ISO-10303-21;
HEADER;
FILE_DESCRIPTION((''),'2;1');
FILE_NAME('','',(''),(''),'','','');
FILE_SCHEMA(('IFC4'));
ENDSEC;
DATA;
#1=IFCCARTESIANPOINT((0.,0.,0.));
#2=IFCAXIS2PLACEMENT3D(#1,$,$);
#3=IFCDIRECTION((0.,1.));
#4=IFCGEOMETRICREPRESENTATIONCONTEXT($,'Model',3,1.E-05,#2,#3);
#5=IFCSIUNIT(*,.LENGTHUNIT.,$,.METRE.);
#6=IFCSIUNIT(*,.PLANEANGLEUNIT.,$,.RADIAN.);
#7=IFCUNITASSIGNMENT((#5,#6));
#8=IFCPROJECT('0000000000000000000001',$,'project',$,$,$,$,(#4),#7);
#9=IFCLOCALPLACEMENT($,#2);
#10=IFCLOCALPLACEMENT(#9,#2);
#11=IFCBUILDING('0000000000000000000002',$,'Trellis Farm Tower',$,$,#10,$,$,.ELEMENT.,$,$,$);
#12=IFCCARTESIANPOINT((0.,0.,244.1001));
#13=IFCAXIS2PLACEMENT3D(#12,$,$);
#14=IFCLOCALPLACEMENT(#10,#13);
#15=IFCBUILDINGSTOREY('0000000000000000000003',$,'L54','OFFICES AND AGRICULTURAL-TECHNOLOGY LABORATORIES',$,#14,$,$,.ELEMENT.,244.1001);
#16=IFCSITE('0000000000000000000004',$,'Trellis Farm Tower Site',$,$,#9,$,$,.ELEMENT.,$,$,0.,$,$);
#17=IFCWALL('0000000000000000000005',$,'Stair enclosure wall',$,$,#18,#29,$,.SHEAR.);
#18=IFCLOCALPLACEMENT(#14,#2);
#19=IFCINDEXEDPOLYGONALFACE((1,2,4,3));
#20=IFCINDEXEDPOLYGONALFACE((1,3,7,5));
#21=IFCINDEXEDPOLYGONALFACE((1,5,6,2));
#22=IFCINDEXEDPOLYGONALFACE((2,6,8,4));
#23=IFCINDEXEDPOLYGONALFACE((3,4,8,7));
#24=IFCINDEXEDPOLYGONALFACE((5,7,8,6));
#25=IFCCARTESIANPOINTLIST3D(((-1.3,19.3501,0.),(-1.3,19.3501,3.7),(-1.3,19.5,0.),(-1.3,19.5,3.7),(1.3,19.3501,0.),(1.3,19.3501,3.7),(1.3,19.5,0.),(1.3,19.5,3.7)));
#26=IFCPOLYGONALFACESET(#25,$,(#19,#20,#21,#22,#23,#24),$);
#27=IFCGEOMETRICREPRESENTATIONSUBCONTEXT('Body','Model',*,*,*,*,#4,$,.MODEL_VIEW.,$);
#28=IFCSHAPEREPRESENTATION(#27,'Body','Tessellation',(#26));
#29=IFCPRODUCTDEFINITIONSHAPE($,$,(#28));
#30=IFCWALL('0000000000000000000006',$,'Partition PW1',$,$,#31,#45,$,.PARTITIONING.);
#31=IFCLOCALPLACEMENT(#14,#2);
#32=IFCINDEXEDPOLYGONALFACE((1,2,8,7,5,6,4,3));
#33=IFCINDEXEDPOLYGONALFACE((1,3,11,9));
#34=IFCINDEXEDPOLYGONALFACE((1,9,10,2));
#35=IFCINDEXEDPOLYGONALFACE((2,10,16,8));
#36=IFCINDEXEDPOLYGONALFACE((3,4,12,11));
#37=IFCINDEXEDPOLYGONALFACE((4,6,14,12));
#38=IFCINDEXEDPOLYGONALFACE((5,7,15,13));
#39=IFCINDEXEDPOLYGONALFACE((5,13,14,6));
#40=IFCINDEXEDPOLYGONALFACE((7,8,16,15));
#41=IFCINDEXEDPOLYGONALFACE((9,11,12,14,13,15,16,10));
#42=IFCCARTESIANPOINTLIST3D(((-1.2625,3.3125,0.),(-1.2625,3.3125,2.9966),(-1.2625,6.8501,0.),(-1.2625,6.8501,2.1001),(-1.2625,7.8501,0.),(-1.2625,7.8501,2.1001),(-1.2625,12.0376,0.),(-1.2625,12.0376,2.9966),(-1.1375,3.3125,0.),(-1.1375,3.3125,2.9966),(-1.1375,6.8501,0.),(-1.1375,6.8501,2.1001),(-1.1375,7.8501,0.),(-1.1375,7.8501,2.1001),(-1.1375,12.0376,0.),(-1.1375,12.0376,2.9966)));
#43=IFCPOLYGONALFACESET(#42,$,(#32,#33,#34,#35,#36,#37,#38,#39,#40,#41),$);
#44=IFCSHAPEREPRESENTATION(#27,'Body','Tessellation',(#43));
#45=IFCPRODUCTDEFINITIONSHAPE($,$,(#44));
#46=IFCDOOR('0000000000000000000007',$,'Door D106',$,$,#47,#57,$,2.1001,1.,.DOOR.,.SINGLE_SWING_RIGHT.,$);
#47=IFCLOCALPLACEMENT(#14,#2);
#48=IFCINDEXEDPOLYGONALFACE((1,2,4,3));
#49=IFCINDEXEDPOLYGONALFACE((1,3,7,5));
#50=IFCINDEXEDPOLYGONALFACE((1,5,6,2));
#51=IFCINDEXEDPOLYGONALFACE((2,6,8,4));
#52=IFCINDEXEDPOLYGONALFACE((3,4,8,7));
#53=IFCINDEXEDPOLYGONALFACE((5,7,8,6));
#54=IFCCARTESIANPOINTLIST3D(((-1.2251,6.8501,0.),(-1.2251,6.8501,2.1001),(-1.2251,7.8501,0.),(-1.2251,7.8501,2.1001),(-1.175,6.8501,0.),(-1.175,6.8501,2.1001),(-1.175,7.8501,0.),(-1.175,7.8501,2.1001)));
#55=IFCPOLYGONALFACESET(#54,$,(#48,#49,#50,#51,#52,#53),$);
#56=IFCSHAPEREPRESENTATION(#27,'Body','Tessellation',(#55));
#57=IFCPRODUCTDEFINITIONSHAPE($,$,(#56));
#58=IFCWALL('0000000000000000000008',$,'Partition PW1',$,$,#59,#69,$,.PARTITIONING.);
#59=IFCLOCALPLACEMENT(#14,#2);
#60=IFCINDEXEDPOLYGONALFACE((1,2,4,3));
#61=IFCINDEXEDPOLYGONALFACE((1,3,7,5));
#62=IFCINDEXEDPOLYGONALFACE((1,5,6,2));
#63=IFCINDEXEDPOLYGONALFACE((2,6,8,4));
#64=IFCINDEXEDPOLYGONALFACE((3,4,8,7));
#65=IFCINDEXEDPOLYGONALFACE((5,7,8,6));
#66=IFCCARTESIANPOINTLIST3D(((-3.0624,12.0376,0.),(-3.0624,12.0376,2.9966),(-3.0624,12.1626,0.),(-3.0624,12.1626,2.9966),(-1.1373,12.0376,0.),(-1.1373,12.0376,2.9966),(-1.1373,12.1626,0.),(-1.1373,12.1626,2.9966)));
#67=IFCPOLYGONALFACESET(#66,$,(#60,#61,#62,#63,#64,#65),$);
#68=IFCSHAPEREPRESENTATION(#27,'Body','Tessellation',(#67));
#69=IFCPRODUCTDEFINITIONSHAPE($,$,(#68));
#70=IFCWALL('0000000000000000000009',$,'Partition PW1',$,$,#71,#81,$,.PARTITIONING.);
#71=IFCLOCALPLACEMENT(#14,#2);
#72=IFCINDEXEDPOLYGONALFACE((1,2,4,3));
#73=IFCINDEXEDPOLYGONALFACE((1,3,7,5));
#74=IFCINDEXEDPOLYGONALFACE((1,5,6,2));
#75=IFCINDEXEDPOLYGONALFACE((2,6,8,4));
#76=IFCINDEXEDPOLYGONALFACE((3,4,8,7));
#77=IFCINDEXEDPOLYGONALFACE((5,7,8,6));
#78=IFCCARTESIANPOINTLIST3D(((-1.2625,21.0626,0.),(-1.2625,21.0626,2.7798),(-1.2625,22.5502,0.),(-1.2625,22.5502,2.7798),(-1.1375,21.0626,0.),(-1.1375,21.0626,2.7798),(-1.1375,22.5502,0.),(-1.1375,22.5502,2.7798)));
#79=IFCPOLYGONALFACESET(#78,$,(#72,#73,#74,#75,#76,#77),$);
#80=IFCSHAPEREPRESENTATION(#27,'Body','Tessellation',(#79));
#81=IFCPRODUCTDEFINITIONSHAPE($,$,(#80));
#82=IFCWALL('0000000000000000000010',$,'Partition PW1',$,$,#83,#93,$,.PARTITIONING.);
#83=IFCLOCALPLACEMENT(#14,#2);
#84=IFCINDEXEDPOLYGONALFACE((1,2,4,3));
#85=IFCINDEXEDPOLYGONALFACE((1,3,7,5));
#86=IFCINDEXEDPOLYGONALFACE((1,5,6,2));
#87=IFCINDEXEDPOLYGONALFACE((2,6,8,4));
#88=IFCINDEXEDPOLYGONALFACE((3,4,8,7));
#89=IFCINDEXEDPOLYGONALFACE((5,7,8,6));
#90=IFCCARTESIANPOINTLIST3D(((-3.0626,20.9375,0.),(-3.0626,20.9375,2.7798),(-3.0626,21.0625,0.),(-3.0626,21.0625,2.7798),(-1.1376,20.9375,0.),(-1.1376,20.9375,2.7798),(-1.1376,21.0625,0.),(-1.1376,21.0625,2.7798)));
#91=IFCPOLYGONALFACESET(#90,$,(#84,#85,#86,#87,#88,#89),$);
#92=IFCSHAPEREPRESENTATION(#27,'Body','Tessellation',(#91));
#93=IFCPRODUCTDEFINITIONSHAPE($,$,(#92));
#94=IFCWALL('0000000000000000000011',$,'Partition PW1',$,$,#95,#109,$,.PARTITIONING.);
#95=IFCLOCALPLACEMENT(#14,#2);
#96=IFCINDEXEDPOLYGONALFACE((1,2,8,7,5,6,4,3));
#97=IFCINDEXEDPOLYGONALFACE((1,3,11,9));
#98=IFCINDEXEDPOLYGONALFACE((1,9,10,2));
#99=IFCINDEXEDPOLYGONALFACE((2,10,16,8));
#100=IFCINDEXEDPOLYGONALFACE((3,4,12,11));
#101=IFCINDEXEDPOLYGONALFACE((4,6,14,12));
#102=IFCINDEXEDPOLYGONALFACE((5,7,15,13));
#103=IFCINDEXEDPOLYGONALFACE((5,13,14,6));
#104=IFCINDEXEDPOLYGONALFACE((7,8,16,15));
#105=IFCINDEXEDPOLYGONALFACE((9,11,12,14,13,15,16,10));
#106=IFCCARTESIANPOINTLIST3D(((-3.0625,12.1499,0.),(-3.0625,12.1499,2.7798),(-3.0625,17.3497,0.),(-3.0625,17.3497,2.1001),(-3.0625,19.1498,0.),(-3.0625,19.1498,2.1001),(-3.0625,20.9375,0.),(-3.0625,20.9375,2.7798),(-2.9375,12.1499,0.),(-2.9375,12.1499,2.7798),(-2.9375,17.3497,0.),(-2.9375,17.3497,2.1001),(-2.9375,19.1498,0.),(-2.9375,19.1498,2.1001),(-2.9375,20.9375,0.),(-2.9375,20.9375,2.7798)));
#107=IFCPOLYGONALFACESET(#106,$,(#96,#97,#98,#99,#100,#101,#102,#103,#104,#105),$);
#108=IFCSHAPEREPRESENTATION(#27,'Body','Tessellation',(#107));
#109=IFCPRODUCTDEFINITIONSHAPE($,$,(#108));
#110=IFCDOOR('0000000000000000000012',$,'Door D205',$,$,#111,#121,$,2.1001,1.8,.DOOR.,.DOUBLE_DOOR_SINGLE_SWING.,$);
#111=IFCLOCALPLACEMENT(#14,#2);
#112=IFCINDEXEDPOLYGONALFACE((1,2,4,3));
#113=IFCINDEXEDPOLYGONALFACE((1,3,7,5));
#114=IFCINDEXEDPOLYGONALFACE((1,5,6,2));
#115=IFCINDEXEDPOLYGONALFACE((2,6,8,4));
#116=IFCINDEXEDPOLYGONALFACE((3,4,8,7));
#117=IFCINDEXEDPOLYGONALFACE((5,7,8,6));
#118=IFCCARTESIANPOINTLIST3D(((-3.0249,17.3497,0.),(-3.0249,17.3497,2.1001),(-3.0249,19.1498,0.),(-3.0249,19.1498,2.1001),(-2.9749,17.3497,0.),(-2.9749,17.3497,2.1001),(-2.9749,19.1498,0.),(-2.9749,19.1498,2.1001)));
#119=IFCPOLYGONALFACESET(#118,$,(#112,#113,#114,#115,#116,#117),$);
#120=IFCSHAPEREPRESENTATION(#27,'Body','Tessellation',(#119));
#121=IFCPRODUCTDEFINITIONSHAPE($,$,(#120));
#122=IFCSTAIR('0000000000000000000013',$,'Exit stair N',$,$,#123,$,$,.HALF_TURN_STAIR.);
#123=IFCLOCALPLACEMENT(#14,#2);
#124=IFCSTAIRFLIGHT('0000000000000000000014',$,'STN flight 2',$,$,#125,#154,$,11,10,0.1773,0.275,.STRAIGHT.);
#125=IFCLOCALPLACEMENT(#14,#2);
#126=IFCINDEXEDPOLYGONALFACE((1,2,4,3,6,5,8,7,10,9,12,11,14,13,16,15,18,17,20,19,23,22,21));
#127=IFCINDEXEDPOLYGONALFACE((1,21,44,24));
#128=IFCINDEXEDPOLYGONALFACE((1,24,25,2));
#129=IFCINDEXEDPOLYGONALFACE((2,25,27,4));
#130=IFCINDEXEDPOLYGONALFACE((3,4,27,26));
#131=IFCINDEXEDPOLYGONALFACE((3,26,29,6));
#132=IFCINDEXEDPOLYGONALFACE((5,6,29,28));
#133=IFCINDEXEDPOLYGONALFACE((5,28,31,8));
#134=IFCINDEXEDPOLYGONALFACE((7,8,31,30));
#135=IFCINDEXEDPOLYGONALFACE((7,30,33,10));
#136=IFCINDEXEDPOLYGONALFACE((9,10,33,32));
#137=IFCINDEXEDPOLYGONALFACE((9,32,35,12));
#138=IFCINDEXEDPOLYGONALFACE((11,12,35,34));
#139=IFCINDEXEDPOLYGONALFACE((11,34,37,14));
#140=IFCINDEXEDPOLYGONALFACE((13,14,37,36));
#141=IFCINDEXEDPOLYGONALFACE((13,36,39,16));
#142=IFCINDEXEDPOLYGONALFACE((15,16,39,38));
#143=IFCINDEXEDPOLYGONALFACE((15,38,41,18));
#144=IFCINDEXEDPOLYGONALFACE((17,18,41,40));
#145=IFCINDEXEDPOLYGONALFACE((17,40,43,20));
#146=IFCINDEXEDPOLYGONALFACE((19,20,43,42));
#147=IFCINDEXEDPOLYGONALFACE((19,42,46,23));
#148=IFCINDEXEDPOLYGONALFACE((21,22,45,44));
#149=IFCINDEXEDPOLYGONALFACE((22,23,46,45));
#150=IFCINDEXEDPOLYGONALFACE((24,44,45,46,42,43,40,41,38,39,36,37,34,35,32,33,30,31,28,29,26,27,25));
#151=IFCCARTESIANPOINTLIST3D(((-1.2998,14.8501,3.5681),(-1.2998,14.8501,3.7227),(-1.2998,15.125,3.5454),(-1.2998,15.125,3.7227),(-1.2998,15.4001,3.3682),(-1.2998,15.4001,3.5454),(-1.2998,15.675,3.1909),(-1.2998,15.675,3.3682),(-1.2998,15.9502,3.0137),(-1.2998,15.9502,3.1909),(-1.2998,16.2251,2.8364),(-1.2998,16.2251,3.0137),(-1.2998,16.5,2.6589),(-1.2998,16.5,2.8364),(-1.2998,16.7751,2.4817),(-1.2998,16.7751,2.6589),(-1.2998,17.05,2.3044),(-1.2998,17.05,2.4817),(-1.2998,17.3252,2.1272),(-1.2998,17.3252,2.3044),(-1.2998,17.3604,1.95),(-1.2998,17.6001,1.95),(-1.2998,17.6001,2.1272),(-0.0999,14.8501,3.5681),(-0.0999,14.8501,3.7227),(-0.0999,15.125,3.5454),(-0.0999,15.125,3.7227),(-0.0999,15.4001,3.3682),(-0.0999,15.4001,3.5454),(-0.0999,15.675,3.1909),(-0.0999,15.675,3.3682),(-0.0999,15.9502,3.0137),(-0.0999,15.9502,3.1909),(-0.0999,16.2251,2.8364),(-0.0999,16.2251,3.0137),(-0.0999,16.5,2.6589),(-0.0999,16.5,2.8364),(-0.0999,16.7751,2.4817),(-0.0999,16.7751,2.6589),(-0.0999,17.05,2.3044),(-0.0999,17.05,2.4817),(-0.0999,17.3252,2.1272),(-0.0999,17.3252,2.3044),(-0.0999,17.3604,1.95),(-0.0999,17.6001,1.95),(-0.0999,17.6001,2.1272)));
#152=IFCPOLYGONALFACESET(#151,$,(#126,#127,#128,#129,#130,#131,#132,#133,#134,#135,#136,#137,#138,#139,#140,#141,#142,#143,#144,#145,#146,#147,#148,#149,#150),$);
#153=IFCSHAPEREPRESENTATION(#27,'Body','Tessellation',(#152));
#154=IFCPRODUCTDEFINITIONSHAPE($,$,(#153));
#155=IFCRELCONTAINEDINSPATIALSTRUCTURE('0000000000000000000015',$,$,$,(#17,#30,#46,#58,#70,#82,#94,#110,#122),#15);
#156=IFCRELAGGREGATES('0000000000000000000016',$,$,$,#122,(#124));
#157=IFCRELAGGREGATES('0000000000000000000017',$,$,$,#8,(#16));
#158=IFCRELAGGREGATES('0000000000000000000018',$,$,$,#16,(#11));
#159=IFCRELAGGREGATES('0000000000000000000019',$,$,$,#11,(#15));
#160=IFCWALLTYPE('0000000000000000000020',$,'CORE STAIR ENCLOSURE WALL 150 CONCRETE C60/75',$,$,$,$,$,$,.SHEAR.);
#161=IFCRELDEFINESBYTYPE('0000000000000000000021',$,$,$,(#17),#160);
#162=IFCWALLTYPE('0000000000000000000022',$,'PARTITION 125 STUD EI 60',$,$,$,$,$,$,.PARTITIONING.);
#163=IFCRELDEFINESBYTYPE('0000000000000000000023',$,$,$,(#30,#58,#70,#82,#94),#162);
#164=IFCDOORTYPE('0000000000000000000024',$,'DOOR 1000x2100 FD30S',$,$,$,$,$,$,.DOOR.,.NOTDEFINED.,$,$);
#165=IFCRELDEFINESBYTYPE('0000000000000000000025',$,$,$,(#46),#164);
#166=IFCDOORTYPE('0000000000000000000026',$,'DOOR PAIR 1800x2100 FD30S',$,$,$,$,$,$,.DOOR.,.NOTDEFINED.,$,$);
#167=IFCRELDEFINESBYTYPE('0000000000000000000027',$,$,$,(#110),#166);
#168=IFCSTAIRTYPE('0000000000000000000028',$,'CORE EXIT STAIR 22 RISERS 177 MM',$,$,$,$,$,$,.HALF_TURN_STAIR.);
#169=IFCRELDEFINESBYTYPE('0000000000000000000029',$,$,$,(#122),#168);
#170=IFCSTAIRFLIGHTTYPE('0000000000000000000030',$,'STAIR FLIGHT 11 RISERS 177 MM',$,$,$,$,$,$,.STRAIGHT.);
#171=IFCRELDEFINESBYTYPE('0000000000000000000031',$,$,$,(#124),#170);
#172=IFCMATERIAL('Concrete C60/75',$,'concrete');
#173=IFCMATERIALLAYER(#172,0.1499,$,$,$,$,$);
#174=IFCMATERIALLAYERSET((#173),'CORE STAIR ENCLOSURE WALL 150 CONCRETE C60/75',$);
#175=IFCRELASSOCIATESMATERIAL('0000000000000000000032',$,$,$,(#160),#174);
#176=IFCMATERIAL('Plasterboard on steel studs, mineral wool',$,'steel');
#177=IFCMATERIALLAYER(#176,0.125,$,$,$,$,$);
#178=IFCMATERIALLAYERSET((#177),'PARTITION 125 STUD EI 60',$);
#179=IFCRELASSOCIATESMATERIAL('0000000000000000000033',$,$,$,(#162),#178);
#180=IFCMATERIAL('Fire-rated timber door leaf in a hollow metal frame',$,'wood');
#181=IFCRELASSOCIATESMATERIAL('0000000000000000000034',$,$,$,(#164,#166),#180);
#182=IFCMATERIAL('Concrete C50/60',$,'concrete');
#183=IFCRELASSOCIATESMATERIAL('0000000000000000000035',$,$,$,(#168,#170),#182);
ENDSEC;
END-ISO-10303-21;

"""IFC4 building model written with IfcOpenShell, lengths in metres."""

from ifc_helpers import new_model, si_unit, direction, frame, frame_2d, origin, place, context, subcontext, project, spatial, polyline, rectangle, outline, extrude, source, transform, mapped, material, layer, layer_set, type_object, element, fill, aggregate, save


model = new_model("IFC4")

# Units and contexts
model_context = context("Model", 3, precision=1e-05, world=origin(), true_north=direction((0.0, 1.0)))
body_context = subcontext(model_context, "Body", "Model", "MODEL_VIEW")
ifc_project = project(units=[si_unit("LENGTHUNIT", "METRE"), si_unit("PLANEANGLEUNIT", "RADIAN")], contexts=[model_context])

# Site, building, storey
site_placement = place(None, origin())
site = spatial("IfcSite", under=ifc_project, at=site_placement, Name="Trellis Farm Tower Site", CompositionType="ELEMENT", RefElevation=0.0)
building_placement = place(site_placement, origin())
building = spatial("IfcBuilding", under=site, at=building_placement, Name="Trellis Farm Tower", CompositionType="ELEMENT")
storey_placement = place(building_placement, frame((0.0, 0.0, 244.1001)))
storey = spatial("IfcBuildingStorey", under=building, at=storey_placement, Name="L54", Description="OFFICES AND AGRICULTURAL-TECHNOLOGY LABORATORIES", CompositionType="ELEMENT", Elevation=244.1001)

# Shared definitions
ifc_material_1 = material(Name="Concrete C60/75", Category="concrete")

# Shared definitions
placement_1 = place(storey_placement, origin())

# Shared definitions
ifc_layer_1 = layer(ifc_material_1, 0.1499)
ifc_layer_set_1 = layer_set([ifc_layer_1], Name="CORE STAIR ENCLOSURE WALL 150 CONCRETE C60/75")
wall_type_1 = type_object("IfcWallType", Name="CORE STAIR ENCLOSURE WALL 150 CONCRETE C60/75", PredefinedType="SHEAR", material=ifc_layer_set_1)
shared_shape_1 = source(origin(), body_context, "Body", "SweptSolid", [
    extrude(rectangle(XDim=2.6001, YDim=0.1499, at=frame_2d((1.3, 0.0))), origin(), (0.0, 0.0, 1.0), 3.7),
])

# Wall
wall_1_placement = place(storey_placement, frame((-1.3, 19.425, 0.0), z_axis=(0.0, 0.0, 1.0), x_axis=(1.0, 0.0, 0.0)))
element("IfcWall", 1, at=wall_1_placement, inside=storey, type_object=wall_type_1, Name="Stair enclosure wall", PredefinedType="SHEAR", context=body_context, shape_type="MappedRepresentation", body=[
    mapped(shared_shape_1, transform((0.0, 0.0, 0.0))),
])

# Wall, opening, door
ifc_material_2 = material(Name="Plasterboard on steel studs, mineral wool", Category="steel")
ifc_layer_2 = layer(ifc_material_2, 0.125)
ifc_layer_set_2 = layer_set([ifc_layer_2], Name="PARTITION 125 STUD EI 60")
wall_type_2 = type_object("IfcWallType", Name="PARTITION 125 STUD EI 60", PredefinedType="PARTITIONING", material=ifc_layer_set_2)
shared_shape_2 = source(origin(), body_context, "Body", "SweptSolid", [
    extrude(rectangle(XDim=8.7251, YDim=0.125, at=frame_2d((4.3625, 0.0))), origin(), (0.0, 0.0, 1.0), 2.9966),
])
wall_2_placement = place(storey_placement, frame((-1.2, 12.0376, 0.0), z_axis=(0.0, 0.0, 1.0), x_axis=(0.0, -1.0, 0.0)))
wall_2 = element("IfcWall", 2, at=wall_2_placement, inside=storey, type_object=wall_type_2, Name="Partition PW1", PredefinedType="PARTITIONING", context=body_context, shape_type="MappedRepresentation", body=[
    mapped(shared_shape_2, transform((0.0, 0.0, 0.0))),
])
shared_shape_3 = source(origin(), body_context, "Body", "SweptSolid", [
    extrude(rectangle(XDim=1.0, YDim=2.1001, at=frame_2d((0.5, 1.05))), frame((0.0, 0.0725, 0.0), z_axis=(0.0, -1.0, 0.0), x_axis=(1.0, 0.0, 0.0)), (0.0, 0.0, 1.0), 0.145),
])
opening_1_placement = place(wall_2_placement, frame((4.1875, 0.0, 0.0)))
opening_1 = element("IfcOpeningElement", 3, at=opening_1_placement, cuts=wall_2, PredefinedType="OPENING", context=body_context, shape_type="MappedRepresentation", body=[
    mapped(shared_shape_3, transform((0.0, 0.0, 0.0))),
])
ifc_material_3 = material(Name="Fire-rated timber door leaf in a hollow metal frame", Category="wood")
door_type_1 = type_object("IfcDoorType", Name="DOOR 1000x2100 FD30S", OperationType="NOTDEFINED", PredefinedType="DOOR", material=ifc_material_3)
shared_shape_4 = source(origin(), body_context, "Body", "SweptSolid", [
    extrude(rectangle(XDim=1.0, YDim=2.1001, at=frame_2d((0.5, 1.05))), frame((0.0, 0.0249, 0.0), z_axis=(0.0, -1.0, 0.0), x_axis=(1.0, 0.0, 0.0)), (0.0, 0.0, 1.0), 0.05),
])
door_1_placement = place(opening_1_placement, origin())
door_1 = element("IfcDoor", 4, at=door_1_placement, inside=storey, type_object=door_type_1, Name="Door D106", OperationType="SINGLE_SWING_RIGHT", OverallHeight=2.1001, OverallWidth=1.0, PredefinedType="DOOR", context=body_context, shape_type="MappedRepresentation", body=[
    mapped(shared_shape_4, transform((0.0, 0.0, 0.0))),
])
fill(opening_1, door_1)

# Walls
shared_shape_5 = source(origin(), body_context, "Body", "SweptSolid", [
    extrude(rectangle(XDim=1.925, YDim=0.125, at=frame_2d((0.9624, 0.0))), origin(), (0.0, 0.0, 1.0), 2.9966),
])
wall_3_placement = place(storey_placement, frame((-1.1375, 12.1001, 0.0), z_axis=(0.0, 0.0, 1.0), x_axis=(-1.0, 0.0, 0.0)))
element("IfcWall", 5, at=wall_3_placement, inside=storey, type_object=wall_type_2, Name="Partition PW1", PredefinedType="PARTITIONING", context=body_context, shape_type="MappedRepresentation", body=[
    mapped(shared_shape_5, transform((0.0, 0.0, 0.0))),
])
shared_shape_6 = source(origin(), body_context, "Body", "SweptSolid", [
    extrude(rectangle(XDim=1.4875, YDim=0.125, at=frame_2d((0.7437, 0.0))), origin(), (0.0, 0.0, 1.0), 2.7798),
])
wall_4_placement = place(storey_placement, frame((-1.2, 22.55, 0.0), z_axis=(0.0, 0.0, 1.0), x_axis=(0.0, -1.0, 0.0)))
element("IfcWall", 6, at=wall_4_placement, inside=storey, type_object=wall_type_2, Name="Partition PW1", PredefinedType="PARTITIONING", context=body_context, shape_type="MappedRepresentation", body=[
    mapped(shared_shape_6, transform((0.0, 0.0, 0.0))),
])
shared_shape_7 = source(origin(), body_context, "Body", "SweptSolid", [
    extrude(rectangle(XDim=1.925, YDim=0.125, at=frame_2d((0.9624, 0.0))), origin(), (0.0, 0.0, 1.0), 2.7798),
])
wall_5_placement = place(storey_placement, frame((-3.0625, 21.0, 0.0), z_axis=(0.0, 0.0, 1.0), x_axis=(1.0, 0.0, 0.0)))
element("IfcWall", 7, at=wall_5_placement, inside=storey, type_object=wall_type_2, Name="Partition PW1", PredefinedType="PARTITIONING", context=body_context, shape_type="MappedRepresentation", body=[
    mapped(shared_shape_7, transform((0.0, 0.0, 0.0))),
])

# Wall, opening, door
shared_shape_8 = source(origin(), body_context, "Body", "SweptSolid", [
    extrude(rectangle(XDim=8.7876, YDim=0.125, at=frame_2d((4.3938, 0.0))), origin(), (0.0, 0.0, 1.0), 2.7798),
])
wall_6_placement = place(storey_placement, frame((-3.0, 12.1499, 0.0), z_axis=(0.0, 0.0, 1.0), x_axis=(0.0, 1.0, 0.0)))
wall_6 = element("IfcWall", 8, at=wall_6_placement, inside=storey, type_object=wall_type_2, Name="Partition PW1", PredefinedType="PARTITIONING", context=body_context, shape_type="MappedRepresentation", body=[
    mapped(shared_shape_8, transform((0.0, 0.0, 0.0))),
])
shared_shape_9 = source(origin(), body_context, "Body", "SweptSolid", [
    extrude(rectangle(XDim=1.8, YDim=2.1001, at=frame_2d((0.8999, 1.05))), frame((0.0, 0.0725, 0.0), z_axis=(0.0, -1.0, 0.0), x_axis=(1.0, 0.0, 0.0)), (0.0, 0.0, 1.0), 0.145),
])
opening_2_placement = place(wall_6_placement, frame((5.2, 0.0, 0.0)))
opening_2 = element("IfcOpeningElement", 9, at=opening_2_placement, cuts=wall_6, PredefinedType="OPENING", context=body_context, shape_type="MappedRepresentation", body=[
    mapped(shared_shape_9, transform((0.0, 0.0, 0.0))),
])
door_type_2 = type_object("IfcDoorType", Name="DOOR PAIR 1800x2100 FD30S", OperationType="NOTDEFINED", PredefinedType="DOOR", material=ifc_material_3)
shared_shape_10 = source(origin(), body_context, "Body", "SweptSolid", [
    extrude(rectangle(XDim=1.8, YDim=2.1001, at=frame_2d((0.8999, 1.05))), frame((0.0, 0.0249, 0.0), z_axis=(0.0, -1.0, 0.0), x_axis=(1.0, 0.0, 0.0)), (0.0, 0.0, 1.0), 0.05),
])
door_2_placement = place(opening_2_placement, origin())
door_2 = element("IfcDoor", 10, at=door_2_placement, inside=storey, type_object=door_type_2, Name="Door D205", OperationType="DOUBLE_DOOR_SINGLE_SWING", OverallHeight=2.1001, OverallWidth=1.8, PredefinedType="DOOR", context=body_context, shape_type="MappedRepresentation", body=[
    mapped(shared_shape_10, transform((0.0, 0.0, 0.0))),
])
fill(opening_2, door_2)

# Stair, stair flight
ifc_material_4 = material(Name="Concrete C50/60", Category="concrete")
stair_type = type_object("IfcStairType", Name="CORE EXIT STAIR 22 RISERS 177 MM", PredefinedType="HALF_TURN_STAIR", material=ifc_material_4)
stair = element("IfcStair", 11, at=placement_1, inside=storey, type_object=stair_type, Name="Exit stair N", PredefinedType="HALF_TURN_STAIR")
stair_flight_type = type_object("IfcStairFlightType", Name="STAIR FLIGHT 11 RISERS 177 MM", PredefinedType="STRAIGHT", material=ifc_material_4)
shared_shape_11 = source(origin(), body_context, "Body", "SweptSolid", [
    extrude(outline(polyline([(0.0, 0.0), (0.0, 0.1772), (0.2749, 0.1772), (0.2749, 0.3545), (0.55, 0.3545), (0.55, 0.5317), (0.825, 0.5317), (0.825, 0.709), (1.1001, 0.709), (1.1001, 0.8865), (1.375, 0.8865), (1.375, 1.0637), (1.6499, 1.0637), (1.6499, 1.241), (1.925, 1.241), (1.925, 1.4182), (2.2, 1.4182), (2.2, 1.5955), (2.4751, 1.5955), (2.4751, 1.7727), (2.75, 1.7727), (2.75, 1.95), (2.75, 1.6182), (0.2397, 0.0), (0.0, 0.0)])), frame((0.0, 0.6001, 0.0), z_axis=(0.0, -1.0, 0.0), x_axis=(1.0, 0.0, 0.0)), (0.0, 0.0, 1.0), 1.2),
])
stair_flight_placement = place(storey_placement, frame((-0.7, 17.6001, 1.95), z_axis=(0.0, 0.0, 1.0), x_axis=(0.0, -1.0, 0.0)))
stair_flight = element("IfcStairFlight", 12, at=stair_flight_placement, type_object=stair_flight_type, Name="STN flight 2", NumberOfRisers=11, NumberOfTreads=10, PredefinedType="STRAIGHT", RiserHeight=0.1773, TreadLength=0.275, context=body_context, shape_type="MappedRepresentation", body=[
    mapped(shared_shape_11, transform((0.0, 0.0, 0.0))),
])
aggregate(stair, [stair_flight])

save(model, "model.ifc")
